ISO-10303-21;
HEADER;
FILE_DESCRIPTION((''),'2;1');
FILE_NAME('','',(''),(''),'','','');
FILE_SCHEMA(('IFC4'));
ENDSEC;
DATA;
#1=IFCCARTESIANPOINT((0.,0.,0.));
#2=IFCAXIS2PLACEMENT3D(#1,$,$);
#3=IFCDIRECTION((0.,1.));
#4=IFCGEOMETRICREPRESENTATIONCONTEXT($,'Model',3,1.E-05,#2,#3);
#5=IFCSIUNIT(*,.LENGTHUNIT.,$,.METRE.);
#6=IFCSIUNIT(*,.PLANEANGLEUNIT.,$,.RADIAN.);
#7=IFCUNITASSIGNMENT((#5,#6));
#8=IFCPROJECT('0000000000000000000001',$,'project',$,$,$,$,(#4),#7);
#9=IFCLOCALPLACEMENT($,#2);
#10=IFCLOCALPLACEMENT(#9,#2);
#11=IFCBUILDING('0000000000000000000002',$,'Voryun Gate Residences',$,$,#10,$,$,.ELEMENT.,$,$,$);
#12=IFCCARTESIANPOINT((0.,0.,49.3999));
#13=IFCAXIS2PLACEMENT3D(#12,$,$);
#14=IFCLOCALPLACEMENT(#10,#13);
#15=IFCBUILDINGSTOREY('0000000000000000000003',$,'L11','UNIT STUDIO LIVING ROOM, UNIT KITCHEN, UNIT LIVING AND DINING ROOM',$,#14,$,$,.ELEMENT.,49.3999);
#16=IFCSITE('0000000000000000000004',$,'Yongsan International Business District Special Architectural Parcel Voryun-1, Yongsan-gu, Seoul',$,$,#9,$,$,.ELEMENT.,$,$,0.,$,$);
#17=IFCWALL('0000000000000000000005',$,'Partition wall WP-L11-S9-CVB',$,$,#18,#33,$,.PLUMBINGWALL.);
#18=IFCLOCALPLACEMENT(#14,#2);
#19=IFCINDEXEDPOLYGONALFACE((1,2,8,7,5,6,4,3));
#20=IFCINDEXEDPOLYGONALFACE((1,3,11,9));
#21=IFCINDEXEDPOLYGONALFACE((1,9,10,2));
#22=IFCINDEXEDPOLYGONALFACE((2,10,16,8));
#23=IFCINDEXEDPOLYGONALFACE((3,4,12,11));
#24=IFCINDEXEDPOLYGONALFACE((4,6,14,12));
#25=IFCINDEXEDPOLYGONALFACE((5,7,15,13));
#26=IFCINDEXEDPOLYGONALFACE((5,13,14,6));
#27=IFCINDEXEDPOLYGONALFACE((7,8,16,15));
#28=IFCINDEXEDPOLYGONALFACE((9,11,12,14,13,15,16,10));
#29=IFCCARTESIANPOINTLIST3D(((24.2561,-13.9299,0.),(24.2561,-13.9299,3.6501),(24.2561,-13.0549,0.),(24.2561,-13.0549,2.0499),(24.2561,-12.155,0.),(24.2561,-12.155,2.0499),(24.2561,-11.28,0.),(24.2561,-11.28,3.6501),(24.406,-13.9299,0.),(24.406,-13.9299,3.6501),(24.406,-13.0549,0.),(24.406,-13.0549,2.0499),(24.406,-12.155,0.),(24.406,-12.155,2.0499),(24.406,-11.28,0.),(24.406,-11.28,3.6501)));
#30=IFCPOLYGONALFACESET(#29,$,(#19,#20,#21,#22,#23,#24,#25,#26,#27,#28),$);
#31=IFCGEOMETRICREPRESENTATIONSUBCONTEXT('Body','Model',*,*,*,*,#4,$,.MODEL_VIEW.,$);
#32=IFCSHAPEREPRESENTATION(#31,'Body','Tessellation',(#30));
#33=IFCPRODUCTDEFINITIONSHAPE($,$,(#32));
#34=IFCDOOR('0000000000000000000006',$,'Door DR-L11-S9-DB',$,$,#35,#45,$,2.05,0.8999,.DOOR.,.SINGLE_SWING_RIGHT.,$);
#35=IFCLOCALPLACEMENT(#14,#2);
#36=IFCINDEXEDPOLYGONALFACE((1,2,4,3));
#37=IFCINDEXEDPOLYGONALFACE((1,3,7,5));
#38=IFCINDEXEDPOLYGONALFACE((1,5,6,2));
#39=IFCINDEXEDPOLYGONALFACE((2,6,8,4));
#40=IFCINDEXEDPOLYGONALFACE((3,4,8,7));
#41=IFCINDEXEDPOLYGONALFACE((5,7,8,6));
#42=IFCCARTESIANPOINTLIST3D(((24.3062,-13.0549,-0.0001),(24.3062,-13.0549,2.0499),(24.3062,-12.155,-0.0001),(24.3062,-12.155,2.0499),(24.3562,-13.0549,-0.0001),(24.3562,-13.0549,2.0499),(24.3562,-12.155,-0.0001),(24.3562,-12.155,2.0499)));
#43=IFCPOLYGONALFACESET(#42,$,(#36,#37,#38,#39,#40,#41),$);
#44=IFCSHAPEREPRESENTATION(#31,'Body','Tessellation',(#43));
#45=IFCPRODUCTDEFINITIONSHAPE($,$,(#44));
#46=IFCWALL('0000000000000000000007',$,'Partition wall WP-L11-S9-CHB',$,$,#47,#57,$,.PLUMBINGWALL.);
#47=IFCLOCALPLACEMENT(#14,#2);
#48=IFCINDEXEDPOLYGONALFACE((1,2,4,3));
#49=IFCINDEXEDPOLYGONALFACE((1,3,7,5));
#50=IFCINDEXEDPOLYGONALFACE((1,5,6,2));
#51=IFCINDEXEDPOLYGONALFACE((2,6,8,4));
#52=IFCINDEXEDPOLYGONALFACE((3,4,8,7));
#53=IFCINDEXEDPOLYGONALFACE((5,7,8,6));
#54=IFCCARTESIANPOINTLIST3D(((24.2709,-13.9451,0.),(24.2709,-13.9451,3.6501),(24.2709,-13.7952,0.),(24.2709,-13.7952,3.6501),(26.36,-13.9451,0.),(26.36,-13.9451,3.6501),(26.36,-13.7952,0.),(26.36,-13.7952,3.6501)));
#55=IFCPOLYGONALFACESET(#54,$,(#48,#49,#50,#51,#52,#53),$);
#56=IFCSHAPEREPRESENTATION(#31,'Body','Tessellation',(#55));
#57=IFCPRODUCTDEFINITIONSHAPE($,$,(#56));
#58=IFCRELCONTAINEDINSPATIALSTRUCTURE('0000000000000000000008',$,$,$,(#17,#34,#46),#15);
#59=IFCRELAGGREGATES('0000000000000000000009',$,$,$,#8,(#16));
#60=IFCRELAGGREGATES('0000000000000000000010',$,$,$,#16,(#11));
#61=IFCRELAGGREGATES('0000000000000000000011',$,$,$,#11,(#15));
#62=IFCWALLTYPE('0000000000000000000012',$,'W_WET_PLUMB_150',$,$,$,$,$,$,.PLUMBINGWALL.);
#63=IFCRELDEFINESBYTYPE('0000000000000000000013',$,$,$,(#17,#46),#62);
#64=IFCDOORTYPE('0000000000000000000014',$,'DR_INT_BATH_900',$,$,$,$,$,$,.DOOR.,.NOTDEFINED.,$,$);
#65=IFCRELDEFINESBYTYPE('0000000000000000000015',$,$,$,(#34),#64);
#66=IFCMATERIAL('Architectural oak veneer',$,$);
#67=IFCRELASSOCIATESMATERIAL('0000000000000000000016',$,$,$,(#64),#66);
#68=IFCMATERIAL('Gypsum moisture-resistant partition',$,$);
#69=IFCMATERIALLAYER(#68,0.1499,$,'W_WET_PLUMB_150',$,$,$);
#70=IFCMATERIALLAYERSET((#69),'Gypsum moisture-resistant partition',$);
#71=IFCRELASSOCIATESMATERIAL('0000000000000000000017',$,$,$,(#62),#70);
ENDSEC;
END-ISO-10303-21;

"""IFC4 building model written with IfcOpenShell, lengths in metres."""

from ifc_helpers import new_model, si_unit, direction, frame, frame_2d, origin, place, context, subcontext, project, spatial, rectangle, extrude, material, layer, layer_set, type_object, element, fill, save


model = new_model("IFC4")

# Units and contexts
model_context = context("Model", 3, precision=1e-05, world=origin(), true_north=direction((0.0, 1.0)))
body_context = subcontext(model_context, "Body", "Model", "MODEL_VIEW")
ifc_project = project(units=[si_unit("LENGTHUNIT", "METRE"), si_unit("PLANEANGLEUNIT", "RADIAN")], contexts=[model_context])

# Site, building, storey
site_placement = place(None, origin())
site = spatial("IfcSite", under=ifc_project, at=site_placement, Name="Yongsan International Business District Special Architectural Parcel Voryun-1, Yongsan-gu, Seoul", CompositionType="ELEMENT", RefElevation=0.0)
building_placement = place(site_placement, origin())
building = spatial("IfcBuilding", under=site, at=building_placement, Name="Voryun Gate Residences", CompositionType="ELEMENT")
storey_placement = place(building_placement, frame((0.0, 0.0, 49.3999)))
storey = spatial("IfcBuildingStorey", under=building, at=storey_placement, Name="L11", Description="UNIT STUDIO LIVING ROOM, UNIT KITCHEN, UNIT LIVING AND DINING ROOM", CompositionType="ELEMENT", Elevation=49.3999)

# Shared definitions
ifc_material_1 = material(Name="Architectural oak veneer")
door_type = type_object("IfcDoorType", Name="DR_INT_BATH_900", OperationType="NOTDEFINED", PredefinedType="DOOR", material=ifc_material_1)

# Shared definitions
ifc_material_2 = material(Name="Gypsum moisture-resistant partition")
ifc_layer_1 = layer(ifc_material_2, 0.1499, Name="W_WET_PLUMB_150")
ifc_layer_set_1 = layer_set([ifc_layer_1], Name="Gypsum moisture-resistant partition")
wall_type_1 = type_object("IfcWallType", Name="W_WET_PLUMB_150", PredefinedType="PLUMBINGWALL", material=ifc_layer_set_1)

# Wall, opening, door
wall_1_placement = place(storey_placement, frame((24.3311, -13.9299, 0.0), z_axis=(0.0, 0.0, 1.0), x_axis=(0.0, 1.0, 0.0)))
wall_1 = element("IfcWall", 1, at=wall_1_placement, inside=storey, type_object=wall_type_1, Name="Partition wall WP-L11-S9-CVB", PredefinedType="PLUMBINGWALL", context=body_context, shape_type="SweptSolid", body=[
    extrude(rectangle(XDim=2.6499, YDim=0.1499, at=frame_2d((1.325, 0.0))), origin(), (0.0, 0.0, 1.0), 3.6501),
])
opening_1_placement = place(wall_1_placement, frame((0.875, 0.0, 0.0)))
opening_1 = element("IfcOpeningElement", 2, at=opening_1_placement, cuts=wall_1, PredefinedType="OPENING", context=body_context, shape_type="SweptSolid", body=[
    extrude(rectangle(XDim=0.8999, YDim=2.05, at=frame_2d((0.45, 1.0249))), frame((0.0, 0.085, 0.0), z_axis=(0.0, -1.0, 0.0), x_axis=(1.0, 0.0, 0.0)), (0.0, 0.0, 1.0), 0.1699),
])
door_1_placement = place(opening_1_placement, origin())
door_1 = element("IfcDoor", 3, at=door_1_placement, inside=storey, type_object=door_type, Name="Door DR-L11-S9-DB", OperationType="SINGLE_SWING_RIGHT", OverallHeight=2.05, OverallWidth=0.8999, PredefinedType="DOOR", context=body_context, shape_type="SweptSolid", body=[
    extrude(rectangle(XDim=0.8999, YDim=2.05, at=frame_2d((0.45, 1.0249))), frame((0.0, 0.0249, 0.0), z_axis=(0.0, -1.0, 0.0), x_axis=(1.0, 0.0, 0.0)), (0.0, 0.0, 1.0), 0.05),
])
fill(opening_1, door_1)

# Wall
wall_2_placement = place(storey_placement, frame((24.271, -13.8701, 0.0), z_axis=(0.0, 0.0, 1.0), x_axis=(1.0, 0.0, 0.0)))
element("IfcWall", 4, at=wall_2_placement, inside=storey, type_object=wall_type_1, Name="Partition wall WP-L11-S9-CHB", PredefinedType="PLUMBINGWALL", context=body_context, shape_type="SweptSolid", body=[
    extrude(rectangle(XDim=2.0891, YDim=0.1499, at=frame_2d((1.0444, 0.0))), origin(), (0.0, 0.0, 1.0), 3.6501),
])

save(model, "model.ifc")
